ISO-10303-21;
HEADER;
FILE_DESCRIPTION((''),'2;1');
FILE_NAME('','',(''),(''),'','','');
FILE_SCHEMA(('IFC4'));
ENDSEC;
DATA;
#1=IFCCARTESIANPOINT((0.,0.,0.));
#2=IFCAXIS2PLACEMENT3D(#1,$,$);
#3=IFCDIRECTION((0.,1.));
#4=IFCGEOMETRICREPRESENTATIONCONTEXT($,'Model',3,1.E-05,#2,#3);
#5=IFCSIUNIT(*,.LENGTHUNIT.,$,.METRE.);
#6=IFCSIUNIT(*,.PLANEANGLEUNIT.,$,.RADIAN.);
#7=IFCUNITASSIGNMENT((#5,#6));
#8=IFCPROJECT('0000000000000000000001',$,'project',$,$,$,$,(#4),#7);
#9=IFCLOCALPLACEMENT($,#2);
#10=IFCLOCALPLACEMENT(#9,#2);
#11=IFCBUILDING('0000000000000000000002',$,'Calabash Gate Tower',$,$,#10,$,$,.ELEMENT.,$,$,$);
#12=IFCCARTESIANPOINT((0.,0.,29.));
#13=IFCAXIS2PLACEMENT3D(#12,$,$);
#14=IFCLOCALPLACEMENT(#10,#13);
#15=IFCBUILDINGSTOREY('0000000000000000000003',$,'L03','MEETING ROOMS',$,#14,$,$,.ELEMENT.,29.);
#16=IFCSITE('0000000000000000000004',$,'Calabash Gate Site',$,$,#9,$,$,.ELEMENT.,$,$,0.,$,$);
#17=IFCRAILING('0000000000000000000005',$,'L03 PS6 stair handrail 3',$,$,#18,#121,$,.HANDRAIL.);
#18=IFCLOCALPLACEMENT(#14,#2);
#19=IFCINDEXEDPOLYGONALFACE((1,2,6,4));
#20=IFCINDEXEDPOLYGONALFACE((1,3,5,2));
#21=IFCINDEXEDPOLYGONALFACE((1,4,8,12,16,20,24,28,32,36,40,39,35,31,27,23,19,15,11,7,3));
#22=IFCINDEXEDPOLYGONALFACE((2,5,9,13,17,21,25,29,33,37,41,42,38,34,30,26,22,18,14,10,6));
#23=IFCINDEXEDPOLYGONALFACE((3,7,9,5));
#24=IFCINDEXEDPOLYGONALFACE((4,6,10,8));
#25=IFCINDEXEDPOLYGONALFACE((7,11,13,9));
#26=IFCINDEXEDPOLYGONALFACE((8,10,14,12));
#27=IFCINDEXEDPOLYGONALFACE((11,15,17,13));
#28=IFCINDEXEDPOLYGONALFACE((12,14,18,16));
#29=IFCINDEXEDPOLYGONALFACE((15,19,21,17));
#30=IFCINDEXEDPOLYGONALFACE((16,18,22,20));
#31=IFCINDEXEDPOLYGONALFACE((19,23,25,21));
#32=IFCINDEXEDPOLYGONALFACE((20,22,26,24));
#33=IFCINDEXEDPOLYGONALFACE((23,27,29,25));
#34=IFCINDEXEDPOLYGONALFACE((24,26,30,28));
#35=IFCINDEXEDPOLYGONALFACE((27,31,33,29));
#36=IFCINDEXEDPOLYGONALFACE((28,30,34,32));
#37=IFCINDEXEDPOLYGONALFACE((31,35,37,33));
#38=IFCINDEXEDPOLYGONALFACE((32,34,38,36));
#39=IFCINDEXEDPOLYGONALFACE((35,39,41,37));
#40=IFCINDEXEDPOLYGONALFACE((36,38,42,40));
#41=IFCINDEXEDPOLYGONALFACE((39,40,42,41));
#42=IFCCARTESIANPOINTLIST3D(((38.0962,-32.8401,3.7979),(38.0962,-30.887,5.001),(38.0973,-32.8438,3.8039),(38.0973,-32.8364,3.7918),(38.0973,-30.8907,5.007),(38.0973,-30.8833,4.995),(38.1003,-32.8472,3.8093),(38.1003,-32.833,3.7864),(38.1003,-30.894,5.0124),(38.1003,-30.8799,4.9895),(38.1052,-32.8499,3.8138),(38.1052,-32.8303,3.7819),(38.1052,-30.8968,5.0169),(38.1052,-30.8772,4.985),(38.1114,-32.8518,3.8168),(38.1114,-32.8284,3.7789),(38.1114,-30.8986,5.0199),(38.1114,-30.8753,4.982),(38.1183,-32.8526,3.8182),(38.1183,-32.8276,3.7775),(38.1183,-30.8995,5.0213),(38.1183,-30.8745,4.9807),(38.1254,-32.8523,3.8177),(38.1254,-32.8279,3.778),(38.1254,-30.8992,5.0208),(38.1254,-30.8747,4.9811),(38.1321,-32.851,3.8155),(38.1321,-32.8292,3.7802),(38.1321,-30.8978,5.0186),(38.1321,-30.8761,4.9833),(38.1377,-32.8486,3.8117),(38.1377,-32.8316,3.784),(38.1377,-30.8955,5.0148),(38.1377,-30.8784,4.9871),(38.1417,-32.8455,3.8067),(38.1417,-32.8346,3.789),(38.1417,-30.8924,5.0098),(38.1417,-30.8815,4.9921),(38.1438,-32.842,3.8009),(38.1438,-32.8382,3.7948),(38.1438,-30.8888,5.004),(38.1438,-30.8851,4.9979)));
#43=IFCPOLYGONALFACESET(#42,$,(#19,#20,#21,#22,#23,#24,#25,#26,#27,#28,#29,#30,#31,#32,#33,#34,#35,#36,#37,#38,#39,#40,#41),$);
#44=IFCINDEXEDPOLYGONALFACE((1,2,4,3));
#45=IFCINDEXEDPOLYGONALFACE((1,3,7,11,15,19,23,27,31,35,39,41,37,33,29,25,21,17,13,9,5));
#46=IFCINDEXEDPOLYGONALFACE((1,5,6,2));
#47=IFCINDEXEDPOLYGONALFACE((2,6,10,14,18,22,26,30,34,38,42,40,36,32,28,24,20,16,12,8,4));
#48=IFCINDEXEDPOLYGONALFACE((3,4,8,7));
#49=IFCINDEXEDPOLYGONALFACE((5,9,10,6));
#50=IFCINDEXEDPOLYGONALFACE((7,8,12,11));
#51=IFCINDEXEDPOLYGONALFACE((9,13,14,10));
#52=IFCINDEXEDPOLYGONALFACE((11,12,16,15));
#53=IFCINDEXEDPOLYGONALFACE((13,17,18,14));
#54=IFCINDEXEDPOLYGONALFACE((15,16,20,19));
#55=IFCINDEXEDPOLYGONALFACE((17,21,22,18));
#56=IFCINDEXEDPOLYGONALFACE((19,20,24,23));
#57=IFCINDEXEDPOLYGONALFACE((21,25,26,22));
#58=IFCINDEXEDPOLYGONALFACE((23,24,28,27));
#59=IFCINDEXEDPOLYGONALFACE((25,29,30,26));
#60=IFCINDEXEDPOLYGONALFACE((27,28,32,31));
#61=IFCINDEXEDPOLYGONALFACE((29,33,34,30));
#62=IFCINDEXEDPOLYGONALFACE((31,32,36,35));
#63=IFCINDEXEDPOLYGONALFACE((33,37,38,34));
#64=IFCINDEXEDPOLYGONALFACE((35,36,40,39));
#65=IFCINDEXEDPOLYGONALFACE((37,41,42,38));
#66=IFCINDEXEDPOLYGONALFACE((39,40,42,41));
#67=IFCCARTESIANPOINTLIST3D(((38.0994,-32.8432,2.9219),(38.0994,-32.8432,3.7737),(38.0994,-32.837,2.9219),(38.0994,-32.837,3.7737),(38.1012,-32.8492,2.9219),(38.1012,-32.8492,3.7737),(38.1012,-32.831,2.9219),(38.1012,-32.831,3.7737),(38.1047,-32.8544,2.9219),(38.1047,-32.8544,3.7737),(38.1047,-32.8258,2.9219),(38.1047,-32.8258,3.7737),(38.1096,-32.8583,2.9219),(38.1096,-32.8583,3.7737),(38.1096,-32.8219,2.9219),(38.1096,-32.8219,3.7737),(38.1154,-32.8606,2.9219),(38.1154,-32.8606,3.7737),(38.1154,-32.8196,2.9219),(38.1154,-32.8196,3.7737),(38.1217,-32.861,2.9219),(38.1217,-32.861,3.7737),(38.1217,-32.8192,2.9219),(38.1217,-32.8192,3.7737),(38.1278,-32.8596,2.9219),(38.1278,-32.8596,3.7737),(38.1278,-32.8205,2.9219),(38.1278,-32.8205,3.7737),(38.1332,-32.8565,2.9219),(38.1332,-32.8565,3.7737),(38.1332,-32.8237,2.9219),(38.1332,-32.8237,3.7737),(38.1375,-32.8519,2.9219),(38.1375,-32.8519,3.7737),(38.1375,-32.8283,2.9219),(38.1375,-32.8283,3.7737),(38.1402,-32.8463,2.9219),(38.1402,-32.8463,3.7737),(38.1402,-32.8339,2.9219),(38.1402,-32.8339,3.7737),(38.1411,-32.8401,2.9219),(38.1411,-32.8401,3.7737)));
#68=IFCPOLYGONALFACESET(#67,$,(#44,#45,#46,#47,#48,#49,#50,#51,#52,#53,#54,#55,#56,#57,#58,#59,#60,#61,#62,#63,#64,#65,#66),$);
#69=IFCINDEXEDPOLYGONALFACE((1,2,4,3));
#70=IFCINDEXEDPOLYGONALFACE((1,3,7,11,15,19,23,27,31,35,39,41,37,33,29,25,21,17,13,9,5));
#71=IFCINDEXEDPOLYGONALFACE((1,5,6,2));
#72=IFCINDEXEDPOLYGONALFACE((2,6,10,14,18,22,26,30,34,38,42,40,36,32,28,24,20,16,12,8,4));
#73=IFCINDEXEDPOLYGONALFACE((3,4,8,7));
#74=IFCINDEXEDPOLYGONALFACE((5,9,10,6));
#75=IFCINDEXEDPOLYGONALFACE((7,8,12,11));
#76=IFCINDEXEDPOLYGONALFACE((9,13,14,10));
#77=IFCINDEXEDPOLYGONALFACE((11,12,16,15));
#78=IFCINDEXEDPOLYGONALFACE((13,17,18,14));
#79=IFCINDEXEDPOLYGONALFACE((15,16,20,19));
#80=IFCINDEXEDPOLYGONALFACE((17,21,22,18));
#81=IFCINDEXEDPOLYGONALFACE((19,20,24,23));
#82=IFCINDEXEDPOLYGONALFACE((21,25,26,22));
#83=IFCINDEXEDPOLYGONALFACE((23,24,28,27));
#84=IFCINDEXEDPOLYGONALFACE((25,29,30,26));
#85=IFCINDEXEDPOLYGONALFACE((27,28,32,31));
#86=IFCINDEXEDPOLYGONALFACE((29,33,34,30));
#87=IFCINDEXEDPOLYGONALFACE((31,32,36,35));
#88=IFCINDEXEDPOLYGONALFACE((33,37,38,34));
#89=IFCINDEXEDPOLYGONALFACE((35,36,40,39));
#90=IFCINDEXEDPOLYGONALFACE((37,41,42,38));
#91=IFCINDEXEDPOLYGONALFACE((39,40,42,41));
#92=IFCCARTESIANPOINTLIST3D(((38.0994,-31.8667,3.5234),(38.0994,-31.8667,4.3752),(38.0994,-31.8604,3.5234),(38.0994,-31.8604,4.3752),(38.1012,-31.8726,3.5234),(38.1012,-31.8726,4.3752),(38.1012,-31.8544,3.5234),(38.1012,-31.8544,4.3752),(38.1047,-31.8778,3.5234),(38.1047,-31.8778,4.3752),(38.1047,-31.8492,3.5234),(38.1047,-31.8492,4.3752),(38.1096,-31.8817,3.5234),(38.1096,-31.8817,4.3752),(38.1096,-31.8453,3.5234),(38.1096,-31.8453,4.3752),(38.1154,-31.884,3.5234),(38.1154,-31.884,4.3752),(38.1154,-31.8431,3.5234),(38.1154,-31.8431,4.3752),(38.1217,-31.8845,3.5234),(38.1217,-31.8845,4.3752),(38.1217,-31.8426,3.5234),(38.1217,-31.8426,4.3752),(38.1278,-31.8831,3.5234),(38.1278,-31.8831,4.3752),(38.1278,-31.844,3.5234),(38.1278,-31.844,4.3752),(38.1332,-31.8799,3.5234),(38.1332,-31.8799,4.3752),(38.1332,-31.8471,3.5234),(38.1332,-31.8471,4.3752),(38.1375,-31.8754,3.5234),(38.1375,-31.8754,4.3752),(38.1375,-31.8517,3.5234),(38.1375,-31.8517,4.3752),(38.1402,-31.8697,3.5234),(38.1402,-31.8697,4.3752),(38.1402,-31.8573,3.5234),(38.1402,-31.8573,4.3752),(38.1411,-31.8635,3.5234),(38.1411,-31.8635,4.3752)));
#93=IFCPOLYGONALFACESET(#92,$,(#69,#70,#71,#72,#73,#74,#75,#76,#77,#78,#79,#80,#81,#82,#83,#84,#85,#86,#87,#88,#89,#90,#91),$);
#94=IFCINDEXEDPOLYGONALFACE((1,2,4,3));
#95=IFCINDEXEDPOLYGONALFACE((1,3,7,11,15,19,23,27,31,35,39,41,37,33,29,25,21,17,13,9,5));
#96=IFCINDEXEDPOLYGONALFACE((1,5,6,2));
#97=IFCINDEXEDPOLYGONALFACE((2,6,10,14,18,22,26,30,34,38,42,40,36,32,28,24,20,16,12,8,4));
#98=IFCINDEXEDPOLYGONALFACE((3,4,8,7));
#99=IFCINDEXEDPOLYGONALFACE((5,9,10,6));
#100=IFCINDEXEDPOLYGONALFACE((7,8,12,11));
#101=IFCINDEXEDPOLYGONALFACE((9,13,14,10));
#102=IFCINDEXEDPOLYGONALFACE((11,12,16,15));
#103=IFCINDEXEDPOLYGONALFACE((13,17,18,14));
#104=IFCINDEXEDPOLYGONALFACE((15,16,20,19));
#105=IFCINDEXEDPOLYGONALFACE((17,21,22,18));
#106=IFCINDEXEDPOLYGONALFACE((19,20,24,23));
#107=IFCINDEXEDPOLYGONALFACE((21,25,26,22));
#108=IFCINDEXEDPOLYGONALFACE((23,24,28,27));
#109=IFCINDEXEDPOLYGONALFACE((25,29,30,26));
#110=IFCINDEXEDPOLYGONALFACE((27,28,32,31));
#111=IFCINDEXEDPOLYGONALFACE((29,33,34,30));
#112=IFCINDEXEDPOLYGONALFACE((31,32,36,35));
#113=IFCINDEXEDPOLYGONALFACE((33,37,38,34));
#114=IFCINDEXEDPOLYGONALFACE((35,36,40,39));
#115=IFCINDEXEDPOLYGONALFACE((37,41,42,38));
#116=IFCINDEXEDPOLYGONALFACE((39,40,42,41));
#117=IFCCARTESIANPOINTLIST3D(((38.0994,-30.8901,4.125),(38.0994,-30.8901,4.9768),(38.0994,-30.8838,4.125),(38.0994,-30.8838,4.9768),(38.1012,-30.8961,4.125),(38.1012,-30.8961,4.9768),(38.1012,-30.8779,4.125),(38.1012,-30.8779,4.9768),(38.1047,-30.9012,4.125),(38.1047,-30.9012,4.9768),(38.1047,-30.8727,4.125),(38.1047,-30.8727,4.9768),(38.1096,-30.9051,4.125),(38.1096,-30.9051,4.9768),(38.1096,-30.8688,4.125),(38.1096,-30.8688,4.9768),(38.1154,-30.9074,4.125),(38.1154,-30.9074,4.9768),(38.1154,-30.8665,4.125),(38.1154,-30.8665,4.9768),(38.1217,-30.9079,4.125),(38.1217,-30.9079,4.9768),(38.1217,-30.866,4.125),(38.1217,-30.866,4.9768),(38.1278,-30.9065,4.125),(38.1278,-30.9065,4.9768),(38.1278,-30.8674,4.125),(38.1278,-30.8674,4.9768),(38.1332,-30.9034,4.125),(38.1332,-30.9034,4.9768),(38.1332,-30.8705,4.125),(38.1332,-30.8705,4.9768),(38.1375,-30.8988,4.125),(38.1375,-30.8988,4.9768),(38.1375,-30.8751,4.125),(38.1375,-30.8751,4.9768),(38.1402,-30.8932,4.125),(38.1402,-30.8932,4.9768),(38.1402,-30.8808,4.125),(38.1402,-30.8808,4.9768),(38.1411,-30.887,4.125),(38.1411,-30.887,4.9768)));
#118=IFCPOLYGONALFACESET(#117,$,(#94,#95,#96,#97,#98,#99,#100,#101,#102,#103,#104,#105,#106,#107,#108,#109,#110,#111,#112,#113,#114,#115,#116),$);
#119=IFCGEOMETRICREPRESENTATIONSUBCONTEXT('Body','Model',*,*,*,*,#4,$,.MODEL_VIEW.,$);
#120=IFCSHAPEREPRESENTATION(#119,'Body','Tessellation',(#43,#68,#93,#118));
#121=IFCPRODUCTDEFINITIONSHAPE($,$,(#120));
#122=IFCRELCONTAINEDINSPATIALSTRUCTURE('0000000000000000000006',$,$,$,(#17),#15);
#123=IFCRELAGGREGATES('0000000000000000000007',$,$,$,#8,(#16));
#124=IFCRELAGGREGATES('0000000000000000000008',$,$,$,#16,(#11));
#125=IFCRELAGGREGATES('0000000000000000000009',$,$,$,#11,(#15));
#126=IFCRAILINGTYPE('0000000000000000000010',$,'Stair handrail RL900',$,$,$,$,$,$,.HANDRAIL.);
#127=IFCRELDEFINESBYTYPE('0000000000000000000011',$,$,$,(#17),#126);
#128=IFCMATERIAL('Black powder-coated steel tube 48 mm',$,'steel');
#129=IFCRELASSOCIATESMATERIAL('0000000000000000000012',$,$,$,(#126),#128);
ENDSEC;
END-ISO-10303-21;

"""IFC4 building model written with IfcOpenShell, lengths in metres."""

from ifc_helpers import new_model, si_unit, direction, frame, origin, origin_2d, place, context, subcontext, project, spatial, circle, extrude, material, type_object, element, save


model = new_model("IFC4")

# Units and contexts
model_context = context("Model", 3, precision=1e-05, world=origin(), true_north=direction((0.0, 1.0)))
body_context = subcontext(model_context, "Body", "Model", "MODEL_VIEW")
ifc_project = project(units=[si_unit("LENGTHUNIT", "METRE"), si_unit("PLANEANGLEUNIT", "RADIAN")], contexts=[model_context])

# Site, building, storey
site_placement = place(None, origin())
site = spatial("IfcSite", under=ifc_project, at=site_placement, Name="Calabash Gate Site", CompositionType="ELEMENT", RefElevation=0.0)
building_placement = place(site_placement, origin())
building = spatial("IfcBuilding", under=site, at=building_placement, Name="Calabash Gate Tower", CompositionType="ELEMENT")
storey_placement = place(building_placement, frame((0.0, 0.0, 29.0)))
storey = spatial("IfcBuildingStorey", under=building, at=storey_placement, Name="L03", Description="MEETING ROOMS", CompositionType="ELEMENT", Elevation=29.0)

# Railing
ifc_material_1 = material(Name="Black powder-coated steel tube 48 mm", Category="steel")
railing_type_1 = type_object("IfcRailingType", Name="Stair handrail RL900", PredefinedType="HANDRAIL", material=ifc_material_1)
railing_1_placement = place(storey_placement, frame((38.1201, -32.8401, 2.9219)))
element("IfcRailing", 1, at=railing_1_placement, inside=storey, type_object=railing_type_1, Name="L03 PS6 stair handrail 3", PredefinedType="HANDRAIL", context=body_context, shape_type="SweptSolid", body=[
    extrude(circle(Radius=0.0239, at=origin_2d()), frame((0.0, 0.0, 0.876), z_axis=(0.0, 0.851424, 0.524477), x_axis=(-1.0, 0.0, 0.0)), (0.0, 0.0, 1.0), 2.2939),
    extrude(circle(Radius=0.021, at=origin_2d()), origin(), (0.0, 0.0, 1.0), 0.8518),
    extrude(circle(Radius=0.021, at=origin_2d()), frame((0.0, 0.9766, 0.6016)), (0.0, 0.0, 1.0), 0.8518),
    extrude(circle(Radius=0.021, at=origin_2d()), frame((0.0, 1.9531, 1.2031)), (0.0, 0.0, 1.0), 0.8518),
])

save(model, "model.ifc")
